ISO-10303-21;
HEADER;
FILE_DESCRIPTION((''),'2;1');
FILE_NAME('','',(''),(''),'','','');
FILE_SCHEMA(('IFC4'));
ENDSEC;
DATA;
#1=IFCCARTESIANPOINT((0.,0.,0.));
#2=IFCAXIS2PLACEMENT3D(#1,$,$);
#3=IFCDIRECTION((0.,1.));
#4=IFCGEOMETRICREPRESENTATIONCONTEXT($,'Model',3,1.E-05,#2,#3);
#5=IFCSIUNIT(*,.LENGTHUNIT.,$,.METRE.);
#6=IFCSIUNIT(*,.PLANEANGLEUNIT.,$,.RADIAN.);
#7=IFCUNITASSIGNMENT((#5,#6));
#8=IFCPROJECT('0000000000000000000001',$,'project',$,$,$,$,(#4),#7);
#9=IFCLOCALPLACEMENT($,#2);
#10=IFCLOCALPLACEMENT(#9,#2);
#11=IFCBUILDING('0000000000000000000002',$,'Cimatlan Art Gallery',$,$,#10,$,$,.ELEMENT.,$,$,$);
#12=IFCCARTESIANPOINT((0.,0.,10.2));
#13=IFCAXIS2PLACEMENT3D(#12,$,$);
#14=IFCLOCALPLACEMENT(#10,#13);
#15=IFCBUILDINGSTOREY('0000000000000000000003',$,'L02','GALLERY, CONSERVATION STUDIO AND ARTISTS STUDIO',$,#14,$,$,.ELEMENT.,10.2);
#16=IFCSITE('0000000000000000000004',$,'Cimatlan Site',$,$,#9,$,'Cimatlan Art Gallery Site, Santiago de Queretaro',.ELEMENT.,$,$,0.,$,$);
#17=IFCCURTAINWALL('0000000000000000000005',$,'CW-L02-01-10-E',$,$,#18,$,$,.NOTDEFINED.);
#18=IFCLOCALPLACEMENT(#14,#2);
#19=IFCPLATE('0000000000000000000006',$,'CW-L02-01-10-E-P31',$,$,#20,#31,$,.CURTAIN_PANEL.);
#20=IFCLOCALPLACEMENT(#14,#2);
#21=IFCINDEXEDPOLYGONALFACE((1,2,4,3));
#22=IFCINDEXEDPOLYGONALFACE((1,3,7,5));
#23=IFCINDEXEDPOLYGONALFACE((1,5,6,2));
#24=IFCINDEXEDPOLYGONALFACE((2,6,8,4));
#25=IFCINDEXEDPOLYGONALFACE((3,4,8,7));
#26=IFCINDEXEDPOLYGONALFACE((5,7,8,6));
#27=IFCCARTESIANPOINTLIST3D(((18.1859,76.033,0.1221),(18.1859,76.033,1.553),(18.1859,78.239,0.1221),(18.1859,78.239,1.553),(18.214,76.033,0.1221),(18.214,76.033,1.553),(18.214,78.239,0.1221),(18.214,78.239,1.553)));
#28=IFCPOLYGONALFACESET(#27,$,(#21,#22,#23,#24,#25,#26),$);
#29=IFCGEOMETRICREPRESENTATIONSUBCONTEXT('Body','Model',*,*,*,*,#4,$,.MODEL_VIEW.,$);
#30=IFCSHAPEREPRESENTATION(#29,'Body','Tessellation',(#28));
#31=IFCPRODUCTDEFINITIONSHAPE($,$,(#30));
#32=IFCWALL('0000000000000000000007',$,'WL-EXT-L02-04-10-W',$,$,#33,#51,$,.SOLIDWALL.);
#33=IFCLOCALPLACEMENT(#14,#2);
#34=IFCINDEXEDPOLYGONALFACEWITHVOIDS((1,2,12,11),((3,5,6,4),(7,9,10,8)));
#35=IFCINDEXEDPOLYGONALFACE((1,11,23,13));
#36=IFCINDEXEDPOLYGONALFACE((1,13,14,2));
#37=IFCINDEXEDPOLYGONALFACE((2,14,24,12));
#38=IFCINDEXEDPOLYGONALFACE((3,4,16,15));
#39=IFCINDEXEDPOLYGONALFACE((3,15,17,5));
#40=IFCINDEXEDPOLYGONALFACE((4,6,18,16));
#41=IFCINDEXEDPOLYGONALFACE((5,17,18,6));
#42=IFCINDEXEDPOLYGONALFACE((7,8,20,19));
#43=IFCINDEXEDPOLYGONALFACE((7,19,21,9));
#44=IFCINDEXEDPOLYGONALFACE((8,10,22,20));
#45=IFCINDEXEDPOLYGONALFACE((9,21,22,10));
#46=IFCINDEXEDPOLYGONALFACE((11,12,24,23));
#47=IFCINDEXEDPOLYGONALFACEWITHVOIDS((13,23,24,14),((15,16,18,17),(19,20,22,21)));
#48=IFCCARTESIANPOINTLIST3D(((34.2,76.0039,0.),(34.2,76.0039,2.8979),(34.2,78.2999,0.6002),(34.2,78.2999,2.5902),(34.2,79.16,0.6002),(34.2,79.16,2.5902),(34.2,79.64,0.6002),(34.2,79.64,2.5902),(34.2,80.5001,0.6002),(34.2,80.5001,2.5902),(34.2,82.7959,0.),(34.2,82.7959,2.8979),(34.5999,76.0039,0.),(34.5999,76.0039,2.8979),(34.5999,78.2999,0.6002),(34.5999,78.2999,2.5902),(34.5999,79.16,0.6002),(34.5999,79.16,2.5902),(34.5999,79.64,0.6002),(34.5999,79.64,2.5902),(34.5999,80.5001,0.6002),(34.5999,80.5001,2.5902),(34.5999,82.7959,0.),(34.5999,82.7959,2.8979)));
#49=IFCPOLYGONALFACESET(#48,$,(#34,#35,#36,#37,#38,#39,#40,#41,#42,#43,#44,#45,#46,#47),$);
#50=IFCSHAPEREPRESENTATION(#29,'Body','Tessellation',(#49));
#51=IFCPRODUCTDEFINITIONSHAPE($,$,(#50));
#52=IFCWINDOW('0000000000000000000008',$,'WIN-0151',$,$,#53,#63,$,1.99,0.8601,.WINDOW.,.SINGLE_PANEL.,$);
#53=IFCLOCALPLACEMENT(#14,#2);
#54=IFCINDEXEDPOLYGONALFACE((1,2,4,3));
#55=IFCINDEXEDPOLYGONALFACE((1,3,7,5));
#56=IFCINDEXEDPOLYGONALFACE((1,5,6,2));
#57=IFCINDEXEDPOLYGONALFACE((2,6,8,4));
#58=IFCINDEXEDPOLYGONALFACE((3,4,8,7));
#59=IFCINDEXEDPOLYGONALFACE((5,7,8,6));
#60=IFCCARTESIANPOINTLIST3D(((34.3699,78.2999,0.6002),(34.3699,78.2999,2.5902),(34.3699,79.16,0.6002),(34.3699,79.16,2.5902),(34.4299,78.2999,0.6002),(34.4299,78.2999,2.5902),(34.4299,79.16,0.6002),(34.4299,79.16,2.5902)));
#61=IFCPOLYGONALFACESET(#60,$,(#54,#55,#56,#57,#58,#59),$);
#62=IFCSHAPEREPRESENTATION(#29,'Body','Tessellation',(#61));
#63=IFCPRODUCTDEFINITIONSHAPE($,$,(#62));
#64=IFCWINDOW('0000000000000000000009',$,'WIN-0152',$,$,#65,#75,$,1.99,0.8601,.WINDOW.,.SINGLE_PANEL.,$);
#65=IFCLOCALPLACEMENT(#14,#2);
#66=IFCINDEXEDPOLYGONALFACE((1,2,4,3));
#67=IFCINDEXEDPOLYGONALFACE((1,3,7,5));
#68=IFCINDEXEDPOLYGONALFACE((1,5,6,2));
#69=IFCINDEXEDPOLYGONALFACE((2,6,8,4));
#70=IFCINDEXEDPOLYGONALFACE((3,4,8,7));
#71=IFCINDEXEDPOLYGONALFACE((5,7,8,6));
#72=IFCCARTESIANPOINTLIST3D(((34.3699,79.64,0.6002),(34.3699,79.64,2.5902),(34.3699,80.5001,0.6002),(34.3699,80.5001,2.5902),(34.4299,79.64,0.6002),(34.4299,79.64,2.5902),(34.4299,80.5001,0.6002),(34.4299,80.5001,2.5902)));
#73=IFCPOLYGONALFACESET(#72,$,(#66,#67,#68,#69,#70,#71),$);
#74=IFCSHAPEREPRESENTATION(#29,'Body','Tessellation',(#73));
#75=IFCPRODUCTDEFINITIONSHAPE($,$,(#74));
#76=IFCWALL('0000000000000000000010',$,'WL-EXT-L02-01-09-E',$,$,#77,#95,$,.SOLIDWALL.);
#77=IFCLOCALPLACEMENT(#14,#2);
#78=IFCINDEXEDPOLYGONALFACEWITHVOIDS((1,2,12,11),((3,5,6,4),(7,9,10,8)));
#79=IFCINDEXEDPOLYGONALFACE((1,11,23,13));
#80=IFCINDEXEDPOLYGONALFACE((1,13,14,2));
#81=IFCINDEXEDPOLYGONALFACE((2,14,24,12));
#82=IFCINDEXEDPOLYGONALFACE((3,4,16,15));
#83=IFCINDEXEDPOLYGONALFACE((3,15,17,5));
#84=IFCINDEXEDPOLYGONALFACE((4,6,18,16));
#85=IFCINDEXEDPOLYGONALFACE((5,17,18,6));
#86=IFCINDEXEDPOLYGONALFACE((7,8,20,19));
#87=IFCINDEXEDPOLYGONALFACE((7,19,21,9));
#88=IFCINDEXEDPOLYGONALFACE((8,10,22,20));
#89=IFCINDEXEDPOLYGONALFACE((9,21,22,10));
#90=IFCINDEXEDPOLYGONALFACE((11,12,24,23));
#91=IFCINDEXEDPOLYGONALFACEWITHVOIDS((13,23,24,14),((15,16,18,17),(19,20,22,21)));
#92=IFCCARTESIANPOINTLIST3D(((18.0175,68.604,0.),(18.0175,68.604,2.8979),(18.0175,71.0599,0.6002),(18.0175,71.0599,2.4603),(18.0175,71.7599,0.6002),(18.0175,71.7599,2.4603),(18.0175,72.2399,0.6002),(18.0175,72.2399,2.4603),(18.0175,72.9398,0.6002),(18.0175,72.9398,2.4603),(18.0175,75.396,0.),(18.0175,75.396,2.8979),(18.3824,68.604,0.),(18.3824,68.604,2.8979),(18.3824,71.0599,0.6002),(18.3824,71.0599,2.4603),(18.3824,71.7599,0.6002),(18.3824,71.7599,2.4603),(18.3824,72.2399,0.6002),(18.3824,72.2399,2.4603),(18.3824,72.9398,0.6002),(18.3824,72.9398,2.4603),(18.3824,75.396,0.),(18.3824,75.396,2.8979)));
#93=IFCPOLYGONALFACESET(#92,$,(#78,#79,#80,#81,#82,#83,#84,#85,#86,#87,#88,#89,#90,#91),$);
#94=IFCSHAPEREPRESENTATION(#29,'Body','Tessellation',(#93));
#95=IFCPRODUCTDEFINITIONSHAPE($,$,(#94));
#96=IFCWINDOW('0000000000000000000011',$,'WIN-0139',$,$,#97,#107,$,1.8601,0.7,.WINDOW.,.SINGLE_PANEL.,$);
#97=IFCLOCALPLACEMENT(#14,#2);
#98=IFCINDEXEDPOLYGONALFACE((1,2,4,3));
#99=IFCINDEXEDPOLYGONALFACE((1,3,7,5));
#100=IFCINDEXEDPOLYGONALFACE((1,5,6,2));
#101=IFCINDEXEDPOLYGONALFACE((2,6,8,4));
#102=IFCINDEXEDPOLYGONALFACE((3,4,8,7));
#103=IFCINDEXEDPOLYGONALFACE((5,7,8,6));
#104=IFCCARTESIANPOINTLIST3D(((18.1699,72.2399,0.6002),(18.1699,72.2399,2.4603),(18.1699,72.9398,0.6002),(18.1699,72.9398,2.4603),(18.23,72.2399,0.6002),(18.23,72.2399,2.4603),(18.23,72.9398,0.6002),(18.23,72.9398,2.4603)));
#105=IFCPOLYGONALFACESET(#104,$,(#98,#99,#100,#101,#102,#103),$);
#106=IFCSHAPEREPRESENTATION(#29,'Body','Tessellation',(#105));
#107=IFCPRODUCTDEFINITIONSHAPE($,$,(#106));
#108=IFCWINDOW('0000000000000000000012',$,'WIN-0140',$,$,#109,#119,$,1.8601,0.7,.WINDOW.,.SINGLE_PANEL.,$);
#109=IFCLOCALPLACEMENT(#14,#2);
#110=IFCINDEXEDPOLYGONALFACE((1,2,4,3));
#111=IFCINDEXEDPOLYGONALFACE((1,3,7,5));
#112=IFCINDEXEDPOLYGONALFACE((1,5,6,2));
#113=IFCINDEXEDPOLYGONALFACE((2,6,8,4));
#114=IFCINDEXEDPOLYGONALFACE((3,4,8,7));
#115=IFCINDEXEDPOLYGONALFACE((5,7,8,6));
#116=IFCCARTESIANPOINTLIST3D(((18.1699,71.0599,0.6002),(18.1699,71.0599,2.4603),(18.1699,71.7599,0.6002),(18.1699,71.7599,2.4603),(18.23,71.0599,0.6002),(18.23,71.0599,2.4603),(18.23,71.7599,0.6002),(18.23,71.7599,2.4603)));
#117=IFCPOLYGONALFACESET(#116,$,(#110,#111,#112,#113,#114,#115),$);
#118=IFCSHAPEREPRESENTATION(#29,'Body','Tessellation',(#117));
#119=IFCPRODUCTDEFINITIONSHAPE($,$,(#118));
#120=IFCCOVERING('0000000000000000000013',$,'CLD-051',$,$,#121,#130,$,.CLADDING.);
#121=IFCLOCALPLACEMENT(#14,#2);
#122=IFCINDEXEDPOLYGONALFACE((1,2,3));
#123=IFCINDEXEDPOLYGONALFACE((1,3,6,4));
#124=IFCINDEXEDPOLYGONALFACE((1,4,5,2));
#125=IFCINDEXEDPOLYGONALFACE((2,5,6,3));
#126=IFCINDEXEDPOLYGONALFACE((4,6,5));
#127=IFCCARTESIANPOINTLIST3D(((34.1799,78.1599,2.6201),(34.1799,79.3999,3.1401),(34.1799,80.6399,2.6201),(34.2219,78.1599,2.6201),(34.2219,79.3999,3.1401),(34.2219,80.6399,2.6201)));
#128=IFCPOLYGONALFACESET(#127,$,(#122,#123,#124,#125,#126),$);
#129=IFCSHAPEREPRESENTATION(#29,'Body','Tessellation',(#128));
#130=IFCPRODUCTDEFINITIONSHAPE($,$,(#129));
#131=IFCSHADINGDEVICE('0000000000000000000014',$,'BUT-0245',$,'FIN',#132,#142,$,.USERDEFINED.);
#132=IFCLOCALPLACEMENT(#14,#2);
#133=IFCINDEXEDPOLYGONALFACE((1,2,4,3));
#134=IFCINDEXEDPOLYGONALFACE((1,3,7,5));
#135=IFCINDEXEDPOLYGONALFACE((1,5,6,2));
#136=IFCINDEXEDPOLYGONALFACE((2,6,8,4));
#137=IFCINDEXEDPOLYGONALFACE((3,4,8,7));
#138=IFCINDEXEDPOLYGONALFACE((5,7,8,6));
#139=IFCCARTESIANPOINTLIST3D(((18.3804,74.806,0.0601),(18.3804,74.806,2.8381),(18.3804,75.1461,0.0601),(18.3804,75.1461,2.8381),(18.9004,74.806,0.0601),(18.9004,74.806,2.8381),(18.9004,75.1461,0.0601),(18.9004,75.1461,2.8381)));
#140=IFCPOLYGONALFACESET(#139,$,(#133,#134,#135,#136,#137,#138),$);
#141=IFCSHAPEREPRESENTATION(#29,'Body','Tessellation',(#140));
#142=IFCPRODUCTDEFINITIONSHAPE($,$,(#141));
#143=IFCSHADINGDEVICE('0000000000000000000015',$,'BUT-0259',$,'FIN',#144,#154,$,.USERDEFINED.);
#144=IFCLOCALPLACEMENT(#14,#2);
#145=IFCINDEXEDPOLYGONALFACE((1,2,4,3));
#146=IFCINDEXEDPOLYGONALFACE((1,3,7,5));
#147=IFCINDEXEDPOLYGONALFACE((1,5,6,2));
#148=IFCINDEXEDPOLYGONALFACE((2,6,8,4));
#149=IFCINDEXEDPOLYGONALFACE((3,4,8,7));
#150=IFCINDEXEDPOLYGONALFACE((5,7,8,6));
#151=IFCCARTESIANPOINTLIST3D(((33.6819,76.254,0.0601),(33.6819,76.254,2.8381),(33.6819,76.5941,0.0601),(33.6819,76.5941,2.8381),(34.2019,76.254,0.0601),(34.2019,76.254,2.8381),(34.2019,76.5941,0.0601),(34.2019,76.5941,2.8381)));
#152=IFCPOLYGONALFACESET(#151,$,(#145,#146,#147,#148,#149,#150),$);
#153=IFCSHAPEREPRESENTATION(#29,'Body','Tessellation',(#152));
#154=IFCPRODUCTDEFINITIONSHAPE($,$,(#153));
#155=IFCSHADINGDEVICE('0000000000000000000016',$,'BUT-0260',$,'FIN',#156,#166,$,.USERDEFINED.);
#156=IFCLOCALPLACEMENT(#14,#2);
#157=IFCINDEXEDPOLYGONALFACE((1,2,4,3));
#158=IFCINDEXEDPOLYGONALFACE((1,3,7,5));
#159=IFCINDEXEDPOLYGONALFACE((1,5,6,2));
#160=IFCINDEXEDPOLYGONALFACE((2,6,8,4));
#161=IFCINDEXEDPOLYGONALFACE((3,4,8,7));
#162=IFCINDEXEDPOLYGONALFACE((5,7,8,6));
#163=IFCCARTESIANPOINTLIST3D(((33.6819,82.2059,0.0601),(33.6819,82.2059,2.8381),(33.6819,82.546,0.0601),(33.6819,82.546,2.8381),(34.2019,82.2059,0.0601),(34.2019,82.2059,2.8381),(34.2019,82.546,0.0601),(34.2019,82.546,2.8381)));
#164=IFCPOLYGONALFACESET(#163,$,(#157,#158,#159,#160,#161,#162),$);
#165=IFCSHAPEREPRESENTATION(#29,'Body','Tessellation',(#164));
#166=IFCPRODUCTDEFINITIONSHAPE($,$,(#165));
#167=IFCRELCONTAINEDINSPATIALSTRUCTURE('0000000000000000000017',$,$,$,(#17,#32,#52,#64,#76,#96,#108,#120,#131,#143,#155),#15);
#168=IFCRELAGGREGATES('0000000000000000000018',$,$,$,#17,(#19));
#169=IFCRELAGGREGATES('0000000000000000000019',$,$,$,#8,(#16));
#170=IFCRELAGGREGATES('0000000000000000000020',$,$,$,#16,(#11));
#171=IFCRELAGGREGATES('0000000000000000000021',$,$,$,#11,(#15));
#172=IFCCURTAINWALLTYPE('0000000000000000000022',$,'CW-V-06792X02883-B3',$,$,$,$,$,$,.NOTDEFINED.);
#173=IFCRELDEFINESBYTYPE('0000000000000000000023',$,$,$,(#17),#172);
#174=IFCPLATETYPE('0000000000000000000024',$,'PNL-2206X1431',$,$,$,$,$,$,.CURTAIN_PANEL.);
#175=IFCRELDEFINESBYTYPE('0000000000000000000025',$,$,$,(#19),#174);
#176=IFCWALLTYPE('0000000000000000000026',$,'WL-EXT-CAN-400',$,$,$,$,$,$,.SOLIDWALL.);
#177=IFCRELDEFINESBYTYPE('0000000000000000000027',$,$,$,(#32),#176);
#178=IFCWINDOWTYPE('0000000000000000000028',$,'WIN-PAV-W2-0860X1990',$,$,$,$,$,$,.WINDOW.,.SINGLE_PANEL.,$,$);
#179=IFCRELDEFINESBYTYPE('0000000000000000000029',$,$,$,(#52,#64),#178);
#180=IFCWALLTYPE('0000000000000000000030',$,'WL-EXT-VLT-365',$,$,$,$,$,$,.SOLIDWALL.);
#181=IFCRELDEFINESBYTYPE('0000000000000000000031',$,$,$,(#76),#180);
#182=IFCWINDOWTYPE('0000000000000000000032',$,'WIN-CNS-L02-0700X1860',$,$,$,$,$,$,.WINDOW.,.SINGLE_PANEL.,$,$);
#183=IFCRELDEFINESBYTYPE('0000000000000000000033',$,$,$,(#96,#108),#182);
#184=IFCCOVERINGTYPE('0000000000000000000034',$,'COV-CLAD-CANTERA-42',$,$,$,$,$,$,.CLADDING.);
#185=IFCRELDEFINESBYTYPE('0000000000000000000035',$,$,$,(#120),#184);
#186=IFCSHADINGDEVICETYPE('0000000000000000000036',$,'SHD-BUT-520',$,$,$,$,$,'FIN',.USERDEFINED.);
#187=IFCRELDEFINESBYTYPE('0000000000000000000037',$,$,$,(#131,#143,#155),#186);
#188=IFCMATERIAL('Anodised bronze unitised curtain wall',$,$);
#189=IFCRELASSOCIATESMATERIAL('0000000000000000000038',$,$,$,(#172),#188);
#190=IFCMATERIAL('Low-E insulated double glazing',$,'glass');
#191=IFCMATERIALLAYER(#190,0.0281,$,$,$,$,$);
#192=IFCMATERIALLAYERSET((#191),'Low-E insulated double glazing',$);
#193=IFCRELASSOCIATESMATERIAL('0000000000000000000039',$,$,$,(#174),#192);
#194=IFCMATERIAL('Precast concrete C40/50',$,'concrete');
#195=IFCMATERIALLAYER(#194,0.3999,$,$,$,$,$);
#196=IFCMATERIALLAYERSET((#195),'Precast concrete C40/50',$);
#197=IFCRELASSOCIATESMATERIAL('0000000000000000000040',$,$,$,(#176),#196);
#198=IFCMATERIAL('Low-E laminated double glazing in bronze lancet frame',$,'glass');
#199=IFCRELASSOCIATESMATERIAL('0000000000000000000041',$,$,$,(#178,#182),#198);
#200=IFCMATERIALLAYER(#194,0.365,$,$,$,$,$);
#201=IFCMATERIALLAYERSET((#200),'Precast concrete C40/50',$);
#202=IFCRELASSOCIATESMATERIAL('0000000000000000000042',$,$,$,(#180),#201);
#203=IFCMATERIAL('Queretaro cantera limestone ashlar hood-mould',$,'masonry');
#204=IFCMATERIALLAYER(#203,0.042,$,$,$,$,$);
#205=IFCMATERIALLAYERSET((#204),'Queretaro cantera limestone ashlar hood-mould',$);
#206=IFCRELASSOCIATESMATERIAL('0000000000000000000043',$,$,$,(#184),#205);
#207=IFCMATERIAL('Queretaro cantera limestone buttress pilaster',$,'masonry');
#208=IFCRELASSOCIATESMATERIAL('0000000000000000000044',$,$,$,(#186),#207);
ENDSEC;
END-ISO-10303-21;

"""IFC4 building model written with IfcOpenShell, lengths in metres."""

from ifc_helpers import new_model, si_unit, direction, frame, frame_2d, origin, origin_2d, place, context, subcontext, project, spatial, polyline, rectangle, outline, extrude, material, layer, layer_set, type_object, element, fill, aggregate, save


model = new_model("IFC4")

# Units and contexts
model_context = context("Model", 3, precision=1e-05, world=origin(), true_north=direction((0.0, 1.0)))
body_context = subcontext(model_context, "Body", "Model", "MODEL_VIEW")
ifc_project = project(units=[si_unit("LENGTHUNIT", "METRE"), si_unit("PLANEANGLEUNIT", "RADIAN")], contexts=[model_context])

# Site, building, storey
site_placement = place(None, origin())
site = spatial("IfcSite", under=ifc_project, at=site_placement, Name="Cimatlan Site", LongName="Cimatlan Art Gallery Site, Santiago de Queretaro", CompositionType="ELEMENT", RefElevation=0.0)
building_placement = place(site_placement, origin())
building = spatial("IfcBuilding", under=site, at=building_placement, Name="Cimatlan Art Gallery", CompositionType="ELEMENT")
storey_placement = place(building_placement, frame((0.0, 0.0, 10.2)))
storey = spatial("IfcBuildingStorey", under=building, at=storey_placement, Name="L02", Description="GALLERY, CONSERVATION STUDIO AND ARTISTS STUDIO", CompositionType="ELEMENT", Elevation=10.2)

# Curtain wall
ifc_material_1 = material(Name="Anodised bronze unitised curtain wall")
curtain_wall_type_1 = type_object("IfcCurtainWallType", Name="CW-V-06792X02883-B3", PredefinedType="NOTDEFINED", material=ifc_material_1)
curtain_wall_1_placement = place(storey_placement, origin())
curtain_wall_1 = element("IfcCurtainWall", 1, at=curtain_wall_1_placement, inside=storey, type_object=curtain_wall_type_1, Name="CW-L02-01-10-E", PredefinedType="NOTDEFINED")

# Plate
ifc_material_2 = material(Name="Low-E insulated double glazing", Category="glass")
ifc_layer_1 = layer(ifc_material_2, 0.0281)
ifc_layer_set_1 = layer_set([ifc_layer_1], Name="Low-E insulated double glazing")
plate_type_1 = type_object("IfcPlateType", Name="PNL-2206X1431", PredefinedType="CURTAIN_PANEL", material=ifc_layer_set_1)
plate_1_placement = place(storey_placement, frame((18.2, 77.136, 0.1221), z_axis=(0.0, 0.0, 1.0), x_axis=(0.0, -1.0, 0.0)))
plate_1 = element("IfcPlate", 2, at=plate_1_placement, type_object=plate_type_1, Name="CW-L02-01-10-E-P31", PredefinedType="CURTAIN_PANEL", context=body_context, shape_type="SweptSolid", body=[
    extrude(rectangle(XDim=2.2061, YDim=0.0281, at=origin_2d()), origin(), (0.0, 0.0, 1.0), 1.4309),
])
aggregate(curtain_wall_1, [plate_1])

# Walls, openings, windows
ifc_material_3 = material(Name="Precast concrete C40/50", Category="concrete")
ifc_layer_2 = layer(ifc_material_3, 0.3999)
ifc_layer_set_2 = layer_set([ifc_layer_2], Name="Precast concrete C40/50")
wall_type_1 = type_object("IfcWallType", Name="WL-EXT-CAN-400", PredefinedType="SOLIDWALL", material=ifc_layer_set_2)
wall_1_placement = place(storey_placement, frame((34.3999, 76.0039, 0.0), z_axis=(0.0, 0.0, 1.0), x_axis=(0.0, 1.0, 0.0)))
wall_1 = element("IfcWall", 3, at=wall_1_placement, inside=storey, type_object=wall_type_1, Name="WL-EXT-L02-04-10-W", PredefinedType="SOLIDWALL", context=body_context, shape_type="SweptSolid", body=[
    extrude(rectangle(XDim=6.792, YDim=0.3999, at=frame_2d((3.396, 0.0))), origin(), (0.0, 0.0, 1.0), 2.8979),
])
opening_1_placement = place(wall_1_placement, frame((2.2959, 0.0, 0.6001)))
opening_1 = element("IfcOpeningElement", 4, at=opening_1_placement, cuts=wall_1, PredefinedType="OPENING", context=body_context, shape_type="SweptSolid", body=[
    extrude(rectangle(XDim=0.8601, YDim=1.99, at=frame_2d((0.4302, 0.9951))), frame((0.0, 0.21, 0.0), z_axis=(0.0, -1.0, 0.0), x_axis=(1.0, 0.0, 0.0)), (0.0, 0.0, 1.0), 0.4199),
])
opening_2_placement = place(wall_1_placement, frame((3.636, 0.0, 0.6001)))
opening_2 = element("IfcOpeningElement", 5, at=opening_2_placement, cuts=wall_1, PredefinedType="OPENING", context=body_context, shape_type="SweptSolid", body=[
    extrude(rectangle(XDim=0.8601, YDim=1.99, at=frame_2d((0.4302, 0.9951))), frame((0.0, 0.21, 0.0), z_axis=(0.0, -1.0, 0.0), x_axis=(1.0, 0.0, 0.0)), (0.0, 0.0, 1.0), 0.4199),
])
ifc_material_4 = material(Name="Low-E laminated double glazing in bronze lancet frame", Category="glass")
window_type_1 = type_object("IfcWindowType", Name="WIN-PAV-W2-0860X1990", PartitioningType="SINGLE_PANEL", PredefinedType="WINDOW", material=ifc_material_4)
window_1_placement = place(opening_1_placement, origin())
window_1 = element("IfcWindow", 6, at=window_1_placement, inside=storey, type_object=window_type_1, Name="WIN-0151", OverallHeight=1.99, OverallWidth=0.8601, PartitioningType="SINGLE_PANEL", PredefinedType="WINDOW", context=body_context, shape_type="SweptSolid", body=[
    extrude(rectangle(XDim=0.8601, YDim=1.99, at=frame_2d((0.4302, 0.9951))), frame((0.0, 0.03, 0.0), z_axis=(0.0, -1.0, 0.0), x_axis=(1.0, 0.0, 0.0)), (0.0, 0.0, 1.0), 0.0601),
])
fill(opening_1, window_1)
window_2_placement = place(opening_2_placement, origin())
window_2 = element("IfcWindow", 7, at=window_2_placement, inside=storey, type_object=window_type_1, Name="WIN-0152", OverallHeight=1.99, OverallWidth=0.8601, PartitioningType="SINGLE_PANEL", PredefinedType="WINDOW", context=body_context, shape_type="SweptSolid", body=[
    extrude(rectangle(XDim=0.8601, YDim=1.99, at=frame_2d((0.4302, 0.9951))), frame((0.0, 0.03, 0.0), z_axis=(0.0, -1.0, 0.0), x_axis=(1.0, 0.0, 0.0)), (0.0, 0.0, 1.0), 0.0601),
])
fill(opening_2, window_2)
ifc_layer_3 = layer(ifc_material_3, 0.365)
ifc_layer_set_3 = layer_set([ifc_layer_3], Name="Precast concrete C40/50")
wall_type_2 = type_object("IfcWallType", Name="WL-EXT-VLT-365", PredefinedType="SOLIDWALL", material=ifc_layer_set_3)
wall_2_placement = place(storey_placement, frame((18.2, 75.396, 0.0), z_axis=(0.0, 0.0, 1.0), x_axis=(0.0, -1.0, 0.0)))
wall_2 = element("IfcWall", 8, at=wall_2_placement, inside=storey, type_object=wall_type_2, Name="WL-EXT-L02-01-09-E", PredefinedType="SOLIDWALL", context=body_context, shape_type="SweptSolid", body=[
    extrude(rectangle(XDim=6.792, YDim=0.365, at=frame_2d((3.396, 0.0))), origin(), (0.0, 0.0, 1.0), 2.8979),
])
opening_3_placement = place(wall_2_placement, frame((2.4561, 0.0, 0.6001)))
opening_3 = element("IfcOpeningElement", 9, at=opening_3_placement, cuts=wall_2, PredefinedType="OPENING", context=body_context, shape_type="SweptSolid", body=[
    extrude(rectangle(XDim=0.7, YDim=1.8601, at=frame_2d((0.3501, 0.9302))), frame((0.0, 0.1924, 0.0), z_axis=(0.0, -1.0, 0.0), x_axis=(1.0, 0.0, 0.0)), (0.0, 0.0, 1.0), 0.385),
])
opening_4_placement = place(wall_2_placement, frame((3.636, 0.0, 0.6001)))
opening_4 = element("IfcOpeningElement", 10, at=opening_4_placement, cuts=wall_2, PredefinedType="OPENING", context=body_context, shape_type="SweptSolid", body=[
    extrude(rectangle(XDim=0.7, YDim=1.8601, at=frame_2d((0.3501, 0.9302))), frame((0.0, 0.1924, 0.0), z_axis=(0.0, -1.0, 0.0), x_axis=(1.0, 0.0, 0.0)), (0.0, 0.0, 1.0), 0.385),
])
window_type_2 = type_object("IfcWindowType", Name="WIN-CNS-L02-0700X1860", PartitioningType="SINGLE_PANEL", PredefinedType="WINDOW", material=ifc_material_4)
window_3_placement = place(opening_3_placement, origin())
window_3 = element("IfcWindow", 11, at=window_3_placement, inside=storey, type_object=window_type_2, Name="WIN-0139", OverallHeight=1.8601, OverallWidth=0.7, PartitioningType="SINGLE_PANEL", PredefinedType="WINDOW", context=body_context, shape_type="SweptSolid", body=[
    extrude(rectangle(XDim=0.7, YDim=1.8601, at=frame_2d((0.3501, 0.9302))), frame((0.0, 0.03, 0.0), z_axis=(0.0, -1.0, 0.0), x_axis=(1.0, 0.0, 0.0)), (0.0, 0.0, 1.0), 0.0601),
])
fill(opening_3, window_3)
window_4_placement = place(opening_4_placement, origin())
window_4 = element("IfcWindow", 12, at=window_4_placement, inside=storey, type_object=window_type_2, Name="WIN-0140", OverallHeight=1.8601, OverallWidth=0.7, PartitioningType="SINGLE_PANEL", PredefinedType="WINDOW", context=body_context, shape_type="SweptSolid", body=[
    extrude(rectangle(XDim=0.7, YDim=1.8601, at=frame_2d((0.3501, 0.9302))), frame((0.0, 0.03, 0.0), z_axis=(0.0, -1.0, 0.0), x_axis=(1.0, 0.0, 0.0)), (0.0, 0.0, 1.0), 0.0601),
])
fill(opening_4, window_4)

# Covering
ifc_material_5 = material(Name="Queretaro cantera limestone ashlar hood-mould", Category="masonry")
ifc_layer_4 = layer(ifc_material_5, 0.042)
ifc_layer_set_4 = layer_set([ifc_layer_4], Name="Queretaro cantera limestone ashlar hood-mould")
covering_type = type_object("IfcCoveringType", Name="COV-CLAD-CANTERA-42", PredefinedType="CLADDING", material=ifc_layer_set_4)
covering_placement = place(storey_placement, frame((34.2219, 78.1599, 2.6201), z_axis=(1.0, 0.0, 0.0), x_axis=(0.0, 1.0, 0.0)))
element("IfcCovering", 13, at=covering_placement, inside=storey, type_object=covering_type, Name="CLD-051", PredefinedType="CLADDING", context=body_context, shape_type="SweptSolid", body=[
    extrude(outline(polyline([(0.0, 0.0), (2.48, 0.0), (1.24, 0.52), (0.0, 0.0)])), origin(), (0.0, 0.0, -1.0), 0.042),
])

# Shading devices
ifc_material_6 = material(Name="Queretaro cantera limestone buttress pilaster", Category="masonry")
shading_device_type_1 = type_object("IfcShadingDeviceType", Name="SHD-BUT-520", ElementType="FIN", PredefinedType="USERDEFINED", material=ifc_material_6)
for number, where, z_axis, x_axis, name in (
    (14, (18.6404, 74.9761, 0.0601), (0.0, 0.0, 1.0), (0.0, -1.0, 0.0), "BUT-0245"),
    (15, (33.9419, 76.4241, 0.0601), (0.0, 0.0, 1.0), (0.0, 1.0, 0.0), "BUT-0259"),
    (16, (33.9419, 82.376, 0.0601), (0.0, 0.0, 1.0), (0.0, 1.0, 0.0), "BUT-0260"),
):
    element("IfcShadingDevice", number, at=place(storey_placement, frame(where, z_axis=z_axis, x_axis=x_axis)), inside=storey, type_object=shading_device_type_1, Name=name, ObjectType="FIN", PredefinedType="USERDEFINED", context=body_context, shape_type="SweptSolid", body=[
        extrude(rectangle(XDim=0.3401, YDim=0.52, at=origin_2d()), origin(), (0.0, 0.0, 1.0), 2.7781),
    ])

save(model, "model.ifc")
